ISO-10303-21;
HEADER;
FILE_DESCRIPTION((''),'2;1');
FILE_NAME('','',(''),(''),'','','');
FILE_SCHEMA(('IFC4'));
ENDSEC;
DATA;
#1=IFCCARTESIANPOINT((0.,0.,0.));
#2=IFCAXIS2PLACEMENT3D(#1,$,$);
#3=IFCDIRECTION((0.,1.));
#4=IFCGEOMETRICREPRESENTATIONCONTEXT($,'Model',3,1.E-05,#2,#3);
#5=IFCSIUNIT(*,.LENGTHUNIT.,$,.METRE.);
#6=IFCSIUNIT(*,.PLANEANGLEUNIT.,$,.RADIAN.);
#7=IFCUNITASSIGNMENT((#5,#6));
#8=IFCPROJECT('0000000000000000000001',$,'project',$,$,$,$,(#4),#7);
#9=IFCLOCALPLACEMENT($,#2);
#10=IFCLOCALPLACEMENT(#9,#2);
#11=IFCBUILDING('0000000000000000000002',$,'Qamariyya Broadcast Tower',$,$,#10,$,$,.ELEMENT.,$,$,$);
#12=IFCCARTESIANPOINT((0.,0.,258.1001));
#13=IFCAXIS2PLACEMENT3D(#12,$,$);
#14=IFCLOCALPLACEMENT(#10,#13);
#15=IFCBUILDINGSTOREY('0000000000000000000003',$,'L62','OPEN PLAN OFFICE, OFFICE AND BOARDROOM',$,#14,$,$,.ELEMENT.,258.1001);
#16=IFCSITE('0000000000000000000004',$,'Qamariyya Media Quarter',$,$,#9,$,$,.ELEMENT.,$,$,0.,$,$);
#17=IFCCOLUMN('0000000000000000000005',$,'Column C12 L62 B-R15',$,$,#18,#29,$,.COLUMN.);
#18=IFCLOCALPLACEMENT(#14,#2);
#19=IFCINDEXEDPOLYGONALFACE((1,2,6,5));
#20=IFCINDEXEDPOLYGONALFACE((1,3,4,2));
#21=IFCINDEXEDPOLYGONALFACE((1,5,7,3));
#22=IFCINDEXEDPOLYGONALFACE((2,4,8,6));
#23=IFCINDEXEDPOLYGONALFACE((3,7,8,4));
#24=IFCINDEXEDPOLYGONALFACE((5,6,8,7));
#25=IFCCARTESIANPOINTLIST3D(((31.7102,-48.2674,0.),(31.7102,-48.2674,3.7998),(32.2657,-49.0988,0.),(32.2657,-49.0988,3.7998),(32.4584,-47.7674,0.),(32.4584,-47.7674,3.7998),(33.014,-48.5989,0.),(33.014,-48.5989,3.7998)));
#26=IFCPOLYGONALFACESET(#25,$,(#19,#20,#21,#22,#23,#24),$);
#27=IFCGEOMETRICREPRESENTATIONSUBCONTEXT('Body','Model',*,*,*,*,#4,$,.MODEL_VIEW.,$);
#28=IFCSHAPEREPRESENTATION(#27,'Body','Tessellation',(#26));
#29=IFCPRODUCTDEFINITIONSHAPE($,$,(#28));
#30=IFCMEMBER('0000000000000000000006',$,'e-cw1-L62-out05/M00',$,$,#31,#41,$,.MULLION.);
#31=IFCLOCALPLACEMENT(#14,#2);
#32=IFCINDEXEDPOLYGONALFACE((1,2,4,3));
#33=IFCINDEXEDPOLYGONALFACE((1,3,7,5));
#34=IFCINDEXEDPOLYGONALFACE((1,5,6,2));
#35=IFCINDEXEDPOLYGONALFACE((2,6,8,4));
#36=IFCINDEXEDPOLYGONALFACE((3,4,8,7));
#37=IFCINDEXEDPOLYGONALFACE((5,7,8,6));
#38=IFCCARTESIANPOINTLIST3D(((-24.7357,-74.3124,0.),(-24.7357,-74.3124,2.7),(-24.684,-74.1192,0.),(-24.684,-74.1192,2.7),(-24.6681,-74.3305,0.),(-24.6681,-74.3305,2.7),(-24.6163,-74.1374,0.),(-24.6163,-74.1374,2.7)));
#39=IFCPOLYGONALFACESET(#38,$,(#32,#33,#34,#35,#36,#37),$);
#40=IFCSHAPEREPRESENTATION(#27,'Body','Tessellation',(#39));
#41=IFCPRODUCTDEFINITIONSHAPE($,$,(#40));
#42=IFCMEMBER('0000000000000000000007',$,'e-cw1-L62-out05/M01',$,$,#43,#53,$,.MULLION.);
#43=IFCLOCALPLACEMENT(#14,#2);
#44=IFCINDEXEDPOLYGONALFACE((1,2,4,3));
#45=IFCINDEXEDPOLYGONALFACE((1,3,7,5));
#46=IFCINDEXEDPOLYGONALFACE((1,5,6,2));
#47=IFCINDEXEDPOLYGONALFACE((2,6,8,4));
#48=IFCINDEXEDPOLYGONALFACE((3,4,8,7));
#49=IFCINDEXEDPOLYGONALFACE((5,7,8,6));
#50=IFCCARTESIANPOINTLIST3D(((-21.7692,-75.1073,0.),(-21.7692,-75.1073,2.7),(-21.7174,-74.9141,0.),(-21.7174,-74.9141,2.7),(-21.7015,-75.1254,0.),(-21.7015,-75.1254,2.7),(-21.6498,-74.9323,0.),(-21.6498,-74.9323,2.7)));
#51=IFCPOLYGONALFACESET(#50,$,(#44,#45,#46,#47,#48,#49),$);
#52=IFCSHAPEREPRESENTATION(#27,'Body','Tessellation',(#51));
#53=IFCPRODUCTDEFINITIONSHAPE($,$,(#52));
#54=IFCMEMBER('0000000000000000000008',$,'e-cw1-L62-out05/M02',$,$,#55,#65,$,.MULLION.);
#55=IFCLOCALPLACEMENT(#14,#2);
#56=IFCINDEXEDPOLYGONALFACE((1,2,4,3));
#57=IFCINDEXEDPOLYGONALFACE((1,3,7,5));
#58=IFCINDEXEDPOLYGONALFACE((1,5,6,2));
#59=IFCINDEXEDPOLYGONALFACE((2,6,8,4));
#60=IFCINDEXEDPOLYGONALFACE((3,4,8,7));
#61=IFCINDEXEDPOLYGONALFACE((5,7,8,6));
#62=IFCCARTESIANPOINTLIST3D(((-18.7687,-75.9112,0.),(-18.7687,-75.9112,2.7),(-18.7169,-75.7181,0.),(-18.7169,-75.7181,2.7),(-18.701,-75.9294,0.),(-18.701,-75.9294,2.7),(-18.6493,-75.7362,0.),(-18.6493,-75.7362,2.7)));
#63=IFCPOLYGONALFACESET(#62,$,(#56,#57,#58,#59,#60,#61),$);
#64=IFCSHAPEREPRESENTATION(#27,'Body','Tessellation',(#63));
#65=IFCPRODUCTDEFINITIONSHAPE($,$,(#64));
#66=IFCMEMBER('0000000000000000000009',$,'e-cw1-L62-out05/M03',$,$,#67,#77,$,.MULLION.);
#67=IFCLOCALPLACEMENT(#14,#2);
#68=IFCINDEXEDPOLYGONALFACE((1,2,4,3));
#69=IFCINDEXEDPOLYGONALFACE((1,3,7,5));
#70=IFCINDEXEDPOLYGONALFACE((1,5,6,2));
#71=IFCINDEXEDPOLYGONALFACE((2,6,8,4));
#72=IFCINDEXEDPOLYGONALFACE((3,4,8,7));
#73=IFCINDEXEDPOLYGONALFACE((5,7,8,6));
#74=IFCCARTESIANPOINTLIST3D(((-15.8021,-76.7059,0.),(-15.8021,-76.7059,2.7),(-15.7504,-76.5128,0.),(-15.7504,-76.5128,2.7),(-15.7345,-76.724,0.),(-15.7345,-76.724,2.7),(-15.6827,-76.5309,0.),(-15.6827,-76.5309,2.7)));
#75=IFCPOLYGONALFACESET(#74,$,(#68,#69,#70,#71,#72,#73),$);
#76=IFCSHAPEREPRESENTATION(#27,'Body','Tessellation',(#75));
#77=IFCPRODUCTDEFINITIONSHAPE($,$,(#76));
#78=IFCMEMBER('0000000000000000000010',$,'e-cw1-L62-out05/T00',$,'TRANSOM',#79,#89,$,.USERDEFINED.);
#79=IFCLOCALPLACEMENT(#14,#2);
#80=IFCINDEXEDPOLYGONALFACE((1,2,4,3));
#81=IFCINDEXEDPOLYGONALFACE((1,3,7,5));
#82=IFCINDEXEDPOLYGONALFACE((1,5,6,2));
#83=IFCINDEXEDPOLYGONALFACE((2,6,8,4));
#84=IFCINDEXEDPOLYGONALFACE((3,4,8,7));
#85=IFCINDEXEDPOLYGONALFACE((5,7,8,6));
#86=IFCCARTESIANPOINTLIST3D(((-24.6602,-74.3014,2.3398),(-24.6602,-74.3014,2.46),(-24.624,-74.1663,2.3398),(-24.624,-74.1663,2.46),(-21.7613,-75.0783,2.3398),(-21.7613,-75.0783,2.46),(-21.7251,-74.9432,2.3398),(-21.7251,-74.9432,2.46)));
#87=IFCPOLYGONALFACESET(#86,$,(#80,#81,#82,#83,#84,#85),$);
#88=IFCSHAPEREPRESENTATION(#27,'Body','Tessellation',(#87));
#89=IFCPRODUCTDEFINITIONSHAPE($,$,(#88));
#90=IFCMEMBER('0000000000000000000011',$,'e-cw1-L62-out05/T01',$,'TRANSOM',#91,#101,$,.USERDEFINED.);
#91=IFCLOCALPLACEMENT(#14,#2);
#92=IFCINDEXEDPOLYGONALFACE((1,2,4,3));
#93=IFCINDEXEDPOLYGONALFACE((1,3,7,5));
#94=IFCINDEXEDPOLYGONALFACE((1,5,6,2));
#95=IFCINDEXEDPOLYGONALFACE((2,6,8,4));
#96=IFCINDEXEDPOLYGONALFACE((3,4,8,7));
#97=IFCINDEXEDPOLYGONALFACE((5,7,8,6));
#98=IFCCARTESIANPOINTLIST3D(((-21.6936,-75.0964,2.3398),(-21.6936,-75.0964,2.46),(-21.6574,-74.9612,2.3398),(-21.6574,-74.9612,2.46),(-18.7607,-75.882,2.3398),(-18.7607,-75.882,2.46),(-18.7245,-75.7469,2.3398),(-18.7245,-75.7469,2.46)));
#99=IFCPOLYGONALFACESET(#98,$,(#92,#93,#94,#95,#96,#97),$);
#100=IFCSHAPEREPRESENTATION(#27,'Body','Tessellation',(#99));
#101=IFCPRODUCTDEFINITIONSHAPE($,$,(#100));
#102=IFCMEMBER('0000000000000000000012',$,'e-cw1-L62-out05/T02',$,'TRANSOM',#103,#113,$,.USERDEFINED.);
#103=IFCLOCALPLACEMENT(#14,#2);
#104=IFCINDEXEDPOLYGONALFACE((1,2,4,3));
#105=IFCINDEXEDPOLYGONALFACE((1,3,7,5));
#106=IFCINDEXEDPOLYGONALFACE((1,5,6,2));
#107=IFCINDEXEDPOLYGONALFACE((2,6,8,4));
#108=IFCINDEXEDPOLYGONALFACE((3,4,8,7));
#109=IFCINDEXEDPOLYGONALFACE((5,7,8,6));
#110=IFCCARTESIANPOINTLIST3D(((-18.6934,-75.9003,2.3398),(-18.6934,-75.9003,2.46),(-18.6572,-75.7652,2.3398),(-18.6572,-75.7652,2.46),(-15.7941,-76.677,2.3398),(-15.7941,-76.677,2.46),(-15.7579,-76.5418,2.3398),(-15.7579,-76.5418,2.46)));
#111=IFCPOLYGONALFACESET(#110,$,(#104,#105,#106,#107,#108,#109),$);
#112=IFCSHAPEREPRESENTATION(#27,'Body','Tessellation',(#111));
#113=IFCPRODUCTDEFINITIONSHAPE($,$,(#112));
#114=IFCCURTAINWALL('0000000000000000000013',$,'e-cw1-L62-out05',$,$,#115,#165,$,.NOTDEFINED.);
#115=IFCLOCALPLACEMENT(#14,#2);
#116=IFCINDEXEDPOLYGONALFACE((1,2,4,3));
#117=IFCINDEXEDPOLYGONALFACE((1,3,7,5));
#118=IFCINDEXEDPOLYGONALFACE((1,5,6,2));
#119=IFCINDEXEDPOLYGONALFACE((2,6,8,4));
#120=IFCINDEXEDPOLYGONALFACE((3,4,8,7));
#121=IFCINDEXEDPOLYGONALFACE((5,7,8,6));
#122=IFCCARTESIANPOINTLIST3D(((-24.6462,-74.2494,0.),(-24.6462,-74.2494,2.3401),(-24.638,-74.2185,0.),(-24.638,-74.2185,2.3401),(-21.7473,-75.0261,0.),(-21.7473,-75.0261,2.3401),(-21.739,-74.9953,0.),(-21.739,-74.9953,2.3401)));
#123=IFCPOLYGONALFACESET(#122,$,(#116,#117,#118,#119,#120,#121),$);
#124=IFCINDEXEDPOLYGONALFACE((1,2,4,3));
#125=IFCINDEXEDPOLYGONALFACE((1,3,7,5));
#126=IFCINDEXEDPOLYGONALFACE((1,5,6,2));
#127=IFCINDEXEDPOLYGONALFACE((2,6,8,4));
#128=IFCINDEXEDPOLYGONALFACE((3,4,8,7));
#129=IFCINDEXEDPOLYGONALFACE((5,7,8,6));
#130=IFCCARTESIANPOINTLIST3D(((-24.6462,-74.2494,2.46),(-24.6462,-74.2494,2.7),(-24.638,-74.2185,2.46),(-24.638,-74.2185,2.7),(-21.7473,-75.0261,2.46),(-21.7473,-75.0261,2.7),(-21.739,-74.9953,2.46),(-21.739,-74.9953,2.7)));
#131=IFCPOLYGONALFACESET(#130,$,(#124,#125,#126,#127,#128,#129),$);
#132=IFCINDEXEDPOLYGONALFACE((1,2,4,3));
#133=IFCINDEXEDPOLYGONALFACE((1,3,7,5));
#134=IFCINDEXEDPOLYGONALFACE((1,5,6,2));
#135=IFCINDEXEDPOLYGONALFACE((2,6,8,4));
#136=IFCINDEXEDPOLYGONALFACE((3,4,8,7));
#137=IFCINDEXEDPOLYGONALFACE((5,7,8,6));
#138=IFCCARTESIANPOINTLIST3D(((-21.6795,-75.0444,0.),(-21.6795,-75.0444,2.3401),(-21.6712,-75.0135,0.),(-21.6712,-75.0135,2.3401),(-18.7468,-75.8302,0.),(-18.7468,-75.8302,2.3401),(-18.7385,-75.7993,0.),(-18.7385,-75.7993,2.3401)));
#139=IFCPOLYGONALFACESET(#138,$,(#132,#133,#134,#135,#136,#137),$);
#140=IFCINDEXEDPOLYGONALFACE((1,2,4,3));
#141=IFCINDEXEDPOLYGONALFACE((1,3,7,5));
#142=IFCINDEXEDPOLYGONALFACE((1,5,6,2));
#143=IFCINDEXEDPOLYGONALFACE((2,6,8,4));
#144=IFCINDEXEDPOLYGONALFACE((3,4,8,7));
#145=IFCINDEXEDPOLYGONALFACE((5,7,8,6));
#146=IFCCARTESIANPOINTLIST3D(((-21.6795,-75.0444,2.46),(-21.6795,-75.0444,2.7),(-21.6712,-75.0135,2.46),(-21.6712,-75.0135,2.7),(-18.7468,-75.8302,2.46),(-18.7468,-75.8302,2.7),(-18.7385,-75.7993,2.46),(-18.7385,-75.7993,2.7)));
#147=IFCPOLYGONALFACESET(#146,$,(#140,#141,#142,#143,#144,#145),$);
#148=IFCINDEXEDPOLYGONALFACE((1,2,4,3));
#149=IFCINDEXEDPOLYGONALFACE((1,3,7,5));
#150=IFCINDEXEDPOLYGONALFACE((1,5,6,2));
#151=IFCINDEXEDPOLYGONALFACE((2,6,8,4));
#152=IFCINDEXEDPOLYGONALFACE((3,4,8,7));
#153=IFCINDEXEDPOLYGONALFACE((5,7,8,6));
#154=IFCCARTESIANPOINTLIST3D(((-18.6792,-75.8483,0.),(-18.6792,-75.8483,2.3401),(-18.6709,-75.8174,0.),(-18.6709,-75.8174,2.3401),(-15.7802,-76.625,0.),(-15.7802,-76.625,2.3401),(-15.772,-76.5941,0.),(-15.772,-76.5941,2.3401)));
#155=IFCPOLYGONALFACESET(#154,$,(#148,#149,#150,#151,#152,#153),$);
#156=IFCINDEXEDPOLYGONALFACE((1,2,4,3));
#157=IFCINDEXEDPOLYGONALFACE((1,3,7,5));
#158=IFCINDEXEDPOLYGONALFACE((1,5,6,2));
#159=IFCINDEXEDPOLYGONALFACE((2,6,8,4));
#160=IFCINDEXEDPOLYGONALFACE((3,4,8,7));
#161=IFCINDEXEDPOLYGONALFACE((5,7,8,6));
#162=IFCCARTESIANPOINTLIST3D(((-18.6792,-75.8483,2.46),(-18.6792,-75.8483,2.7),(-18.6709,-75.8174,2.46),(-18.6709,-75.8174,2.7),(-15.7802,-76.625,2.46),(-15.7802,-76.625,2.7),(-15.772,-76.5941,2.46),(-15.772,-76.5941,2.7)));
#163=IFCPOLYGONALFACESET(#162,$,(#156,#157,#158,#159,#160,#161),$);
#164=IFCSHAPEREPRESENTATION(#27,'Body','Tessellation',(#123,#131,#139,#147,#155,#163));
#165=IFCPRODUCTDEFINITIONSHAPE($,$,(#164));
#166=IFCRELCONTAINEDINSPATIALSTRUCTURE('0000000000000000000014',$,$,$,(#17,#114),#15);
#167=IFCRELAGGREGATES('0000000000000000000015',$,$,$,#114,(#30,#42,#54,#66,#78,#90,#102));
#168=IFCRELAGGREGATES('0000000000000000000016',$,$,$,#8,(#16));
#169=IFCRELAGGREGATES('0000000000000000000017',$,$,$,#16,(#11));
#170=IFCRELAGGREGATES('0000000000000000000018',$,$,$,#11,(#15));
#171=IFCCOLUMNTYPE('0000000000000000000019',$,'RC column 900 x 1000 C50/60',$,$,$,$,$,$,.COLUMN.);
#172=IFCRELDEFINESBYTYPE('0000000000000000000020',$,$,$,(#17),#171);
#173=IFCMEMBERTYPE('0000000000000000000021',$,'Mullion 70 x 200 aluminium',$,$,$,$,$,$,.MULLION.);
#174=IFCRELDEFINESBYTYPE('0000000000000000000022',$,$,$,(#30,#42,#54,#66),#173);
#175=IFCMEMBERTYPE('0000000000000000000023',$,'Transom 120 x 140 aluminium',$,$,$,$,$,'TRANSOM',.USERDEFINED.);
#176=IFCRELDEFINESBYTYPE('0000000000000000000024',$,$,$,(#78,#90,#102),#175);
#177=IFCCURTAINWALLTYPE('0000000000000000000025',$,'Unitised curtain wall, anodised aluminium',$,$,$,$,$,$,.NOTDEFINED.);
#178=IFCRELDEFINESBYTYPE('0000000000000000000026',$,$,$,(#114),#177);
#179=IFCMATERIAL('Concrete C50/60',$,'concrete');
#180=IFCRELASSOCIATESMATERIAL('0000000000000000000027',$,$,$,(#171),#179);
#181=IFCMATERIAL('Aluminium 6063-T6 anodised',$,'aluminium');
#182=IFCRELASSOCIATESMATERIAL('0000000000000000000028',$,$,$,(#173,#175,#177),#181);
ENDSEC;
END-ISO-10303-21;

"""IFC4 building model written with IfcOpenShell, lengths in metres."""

from ifc_helpers import new_model, si_unit, direction, frame, origin, origin_2d, place, context, subcontext, project, spatial, rectangle, extrude, material, material_profile, profile_set, type_object, element, aggregate, save


model = new_model("IFC4")

# Units and contexts
model_context = context("Model", 3, precision=1e-05, world=origin(), true_north=direction((0.0, 1.0)))
body_context = subcontext(model_context, "Body", "Model", "MODEL_VIEW")
ifc_project = project(units=[si_unit("LENGTHUNIT", "METRE"), si_unit("PLANEANGLEUNIT", "RADIAN")], contexts=[model_context])

# Site, building, storey
site_placement = place(None, origin())
site = spatial("IfcSite", under=ifc_project, at=site_placement, Name="Qamariyya Media Quarter", CompositionType="ELEMENT", RefElevation=0.0)
building_placement = place(site_placement, origin())
building = spatial("IfcBuilding", under=site, at=building_placement, Name="Qamariyya Broadcast Tower", CompositionType="ELEMENT")
storey_placement = place(building_placement, frame((0.0, 0.0, 258.1001)))
storey = spatial("IfcBuildingStorey", under=building, at=storey_placement, Name="L62", Description="OPEN PLAN OFFICE, OFFICE AND BOARDROOM", CompositionType="ELEMENT", Elevation=258.1001)

# Column
ifc_material_1 = material(Name="Concrete C50/60", Category="concrete")
ifc_material_profile_1 = material_profile(ifc_material_1, rectangle(XDim=0.8999, YDim=1.0, at=origin_2d()))
ifc_profile_set_1 = profile_set([ifc_material_profile_1], Name="Concrete C50/60")
column_type = type_object("IfcColumnType", Name="RC column 900 x 1000 C50/60", PredefinedType="COLUMN", material=ifc_profile_set_1)
column_placement = place(storey_placement, frame((32.3621, -48.4331, 0.0), z_axis=(0.0, 0.0, 1.0), x_axis=(0.83147, 0.55557, 0.0)))
element("IfcColumn", 1, at=column_placement, inside=storey, type_object=column_type, Name="Column C12 L62 B-R15", PredefinedType="COLUMN", context=body_context, shape_type="SweptSolid", body=[
    extrude(rectangle(XDim=0.8999, YDim=1.0, at=origin_2d()), origin(), (0.0, 0.0, 1.0), 3.7998),
])

# Members
ifc_material_2 = material(Name="Aluminium 6063-T6 anodised", Category="aluminium")
ifc_material_profile_2 = material_profile(ifc_material_2, rectangle(XDim=0.2, YDim=0.0701, at=origin_2d()))
ifc_profile_set_2 = profile_set([ifc_material_profile_2], Name="Aluminium 6063-T6 anodised")
member_type_1 = type_object("IfcMemberType", Name="Mullion 70 x 200 aluminium", PredefinedType="MULLION", material=ifc_profile_set_2)
member_1_placement = place(storey_placement, frame((-24.676, -74.2249, 0.0), z_axis=(0.0, 0.0, 1.0), x_axis=(0.258819, 0.965926, 0.0)))
member_1 = element("IfcMember", 2, at=member_1_placement, type_object=member_type_1, Name="e-cw1-L62-out05/M00", PredefinedType="MULLION", context=body_context, shape_type="SweptSolid", body=[
    extrude(rectangle(XDim=0.2, YDim=0.0701, at=origin_2d()), origin(), (0.0, 0.0, 1.0), 2.7),
])
member_2_placement = place(storey_placement, frame((-21.7095, -75.0198, 0.0), z_axis=(0.0, 0.0, 1.0), x_axis=(0.258819, 0.965926, 0.0)))
member_2 = element("IfcMember", 3, at=member_2_placement, type_object=member_type_1, Name="e-cw1-L62-out05/M01", PredefinedType="MULLION", context=body_context, shape_type="SweptSolid", body=[
    extrude(rectangle(XDim=0.2, YDim=0.0701, at=origin_2d()), origin(), (0.0, 0.0, 1.0), 2.7),
])
member_3_placement = place(storey_placement, frame((-18.709, -75.8237, 0.0), z_axis=(0.0, 0.0, 1.0), x_axis=(0.258819, 0.965926, 0.0)))
member_3 = element("IfcMember", 4, at=member_3_placement, type_object=member_type_1, Name="e-cw1-L62-out05/M02", PredefinedType="MULLION", context=body_context, shape_type="SweptSolid", body=[
    extrude(rectangle(XDim=0.2, YDim=0.0701, at=origin_2d()), origin(), (0.0, 0.0, 1.0), 2.7),
])
member_4_placement = place(storey_placement, frame((-15.7424, -76.6184, 0.0), z_axis=(0.0, 0.0, 1.0), x_axis=(0.258819, 0.965926, 0.0)))
member_4 = element("IfcMember", 5, at=member_4_placement, type_object=member_type_1, Name="e-cw1-L62-out05/M03", PredefinedType="MULLION", context=body_context, shape_type="SweptSolid", body=[
    extrude(rectangle(XDim=0.2, YDim=0.0701, at=origin_2d()), origin(), (0.0, 0.0, 1.0), 2.7),
])
ifc_material_profile_3 = material_profile(ifc_material_2, rectangle(XDim=0.1399, YDim=0.1201, at=origin_2d()))
ifc_profile_set_3 = profile_set([ifc_material_profile_3], Name="Aluminium 6063-T6 anodised")
member_type_2 = type_object("IfcMemberType", Name="Transom 120 x 140 aluminium", ElementType="TRANSOM", PredefinedType="USERDEFINED", material=ifc_profile_set_3)
member_5_placement = place(storey_placement, frame((-24.6421, -74.2339, 2.3999), z_axis=(0.965918, -0.258847, 0.0), x_axis=(0.258847, 0.965918, 0.0)))
member_5 = element("IfcMember", 6, at=member_5_placement, type_object=member_type_2, Name="e-cw1-L62-out05/T00", ObjectType="TRANSOM", PredefinedType="USERDEFINED", context=body_context, shape_type="SweptSolid", body=[
    extrude(rectangle(XDim=0.1399, YDim=0.1201, at=origin_2d()), origin(), (0.0, 0.0, 1.0), 3.0012),
])
member_6_placement = place(storey_placement, frame((-21.6755, -75.0288, 2.3999), z_axis=(0.965943, -0.258754, 0.0), x_axis=(0.258754, 0.965943, 0.0)))
member_6 = element("IfcMember", 7, at=member_6_placement, type_object=member_type_2, Name="e-cw1-L62-out05/T01", ObjectType="TRANSOM", PredefinedType="USERDEFINED", context=body_context, shape_type="SweptSolid", body=[
    extrude(rectangle(XDim=0.1399, YDim=0.1201, at=origin_2d()), origin(), (0.0, 0.0, 1.0), 3.0364),
])
member_7_placement = place(storey_placement, frame((-18.6753, -75.8328, 2.3999), z_axis=(0.965944, -0.258751, 0.0), x_axis=(0.258751, 0.965944, 0.0)))
member_7 = element("IfcMember", 8, at=member_7_placement, type_object=member_type_2, Name="e-cw1-L62-out05/T02", ObjectType="TRANSOM", PredefinedType="USERDEFINED", context=body_context, shape_type="SweptSolid", body=[
    extrude(rectangle(XDim=0.1399, YDim=0.1201, at=origin_2d()), origin(), (0.0, 0.0, 1.0), 3.0015),
])

# Curtain wall
curtain_wall_type = type_object("IfcCurtainWallType", Name="Unitised curtain wall, anodised aluminium", PredefinedType="NOTDEFINED", material=ifc_material_2)
curtain_wall_placement = place(storey_placement, origin())
curtain_wall = element("IfcCurtainWall", 9, at=curtain_wall_placement, inside=storey, type_object=curtain_wall_type, Name="e-cw1-L62-out05", PredefinedType="NOTDEFINED", context=body_context, shape_type="SweptSolid", body=[
    extrude(rectangle(XDim=3.0012, YDim=0.032, at=origin_2d()), frame((-23.1926, -74.6223, 0.0), x_axis=(0.965926, -0.258819, 0.0)), (0.0, 0.0, 1.0), 2.3401),
    extrude(rectangle(XDim=3.0012, YDim=0.032, at=origin_2d()), frame((-23.1926, -74.6223, 2.46), x_axis=(0.965926, -0.258819, 0.0)), (0.0, 0.0, 1.0), 0.24),
    extrude(rectangle(XDim=3.0361, YDim=0.032, at=origin_2d()), frame((-20.209, -75.4219, 0.0), x_axis=(0.965926, -0.258819, 0.0)), (0.0, 0.0, 1.0), 2.3401),
    extrude(rectangle(XDim=3.0361, YDim=0.032, at=origin_2d()), frame((-20.209, -75.4219, 2.46), x_axis=(0.965926, -0.258819, 0.0)), (0.0, 0.0, 1.0), 0.24),
    extrude(rectangle(XDim=3.0012, YDim=0.032, at=origin_2d()), frame((-17.2256, -76.2212, 0.0), x_axis=(0.965926, -0.258819, 0.0)), (0.0, 0.0, 1.0), 2.3401),
    extrude(rectangle(XDim=3.0012, YDim=0.032, at=origin_2d()), frame((-17.2256, -76.2212, 2.46), x_axis=(0.965926, -0.258819, 0.0)), (0.0, 0.0, 1.0), 0.24),
])
aggregate(curtain_wall, [member_1, member_2, member_3, member_4, member_5, member_6, member_7])

save(model, "model.ifc")
